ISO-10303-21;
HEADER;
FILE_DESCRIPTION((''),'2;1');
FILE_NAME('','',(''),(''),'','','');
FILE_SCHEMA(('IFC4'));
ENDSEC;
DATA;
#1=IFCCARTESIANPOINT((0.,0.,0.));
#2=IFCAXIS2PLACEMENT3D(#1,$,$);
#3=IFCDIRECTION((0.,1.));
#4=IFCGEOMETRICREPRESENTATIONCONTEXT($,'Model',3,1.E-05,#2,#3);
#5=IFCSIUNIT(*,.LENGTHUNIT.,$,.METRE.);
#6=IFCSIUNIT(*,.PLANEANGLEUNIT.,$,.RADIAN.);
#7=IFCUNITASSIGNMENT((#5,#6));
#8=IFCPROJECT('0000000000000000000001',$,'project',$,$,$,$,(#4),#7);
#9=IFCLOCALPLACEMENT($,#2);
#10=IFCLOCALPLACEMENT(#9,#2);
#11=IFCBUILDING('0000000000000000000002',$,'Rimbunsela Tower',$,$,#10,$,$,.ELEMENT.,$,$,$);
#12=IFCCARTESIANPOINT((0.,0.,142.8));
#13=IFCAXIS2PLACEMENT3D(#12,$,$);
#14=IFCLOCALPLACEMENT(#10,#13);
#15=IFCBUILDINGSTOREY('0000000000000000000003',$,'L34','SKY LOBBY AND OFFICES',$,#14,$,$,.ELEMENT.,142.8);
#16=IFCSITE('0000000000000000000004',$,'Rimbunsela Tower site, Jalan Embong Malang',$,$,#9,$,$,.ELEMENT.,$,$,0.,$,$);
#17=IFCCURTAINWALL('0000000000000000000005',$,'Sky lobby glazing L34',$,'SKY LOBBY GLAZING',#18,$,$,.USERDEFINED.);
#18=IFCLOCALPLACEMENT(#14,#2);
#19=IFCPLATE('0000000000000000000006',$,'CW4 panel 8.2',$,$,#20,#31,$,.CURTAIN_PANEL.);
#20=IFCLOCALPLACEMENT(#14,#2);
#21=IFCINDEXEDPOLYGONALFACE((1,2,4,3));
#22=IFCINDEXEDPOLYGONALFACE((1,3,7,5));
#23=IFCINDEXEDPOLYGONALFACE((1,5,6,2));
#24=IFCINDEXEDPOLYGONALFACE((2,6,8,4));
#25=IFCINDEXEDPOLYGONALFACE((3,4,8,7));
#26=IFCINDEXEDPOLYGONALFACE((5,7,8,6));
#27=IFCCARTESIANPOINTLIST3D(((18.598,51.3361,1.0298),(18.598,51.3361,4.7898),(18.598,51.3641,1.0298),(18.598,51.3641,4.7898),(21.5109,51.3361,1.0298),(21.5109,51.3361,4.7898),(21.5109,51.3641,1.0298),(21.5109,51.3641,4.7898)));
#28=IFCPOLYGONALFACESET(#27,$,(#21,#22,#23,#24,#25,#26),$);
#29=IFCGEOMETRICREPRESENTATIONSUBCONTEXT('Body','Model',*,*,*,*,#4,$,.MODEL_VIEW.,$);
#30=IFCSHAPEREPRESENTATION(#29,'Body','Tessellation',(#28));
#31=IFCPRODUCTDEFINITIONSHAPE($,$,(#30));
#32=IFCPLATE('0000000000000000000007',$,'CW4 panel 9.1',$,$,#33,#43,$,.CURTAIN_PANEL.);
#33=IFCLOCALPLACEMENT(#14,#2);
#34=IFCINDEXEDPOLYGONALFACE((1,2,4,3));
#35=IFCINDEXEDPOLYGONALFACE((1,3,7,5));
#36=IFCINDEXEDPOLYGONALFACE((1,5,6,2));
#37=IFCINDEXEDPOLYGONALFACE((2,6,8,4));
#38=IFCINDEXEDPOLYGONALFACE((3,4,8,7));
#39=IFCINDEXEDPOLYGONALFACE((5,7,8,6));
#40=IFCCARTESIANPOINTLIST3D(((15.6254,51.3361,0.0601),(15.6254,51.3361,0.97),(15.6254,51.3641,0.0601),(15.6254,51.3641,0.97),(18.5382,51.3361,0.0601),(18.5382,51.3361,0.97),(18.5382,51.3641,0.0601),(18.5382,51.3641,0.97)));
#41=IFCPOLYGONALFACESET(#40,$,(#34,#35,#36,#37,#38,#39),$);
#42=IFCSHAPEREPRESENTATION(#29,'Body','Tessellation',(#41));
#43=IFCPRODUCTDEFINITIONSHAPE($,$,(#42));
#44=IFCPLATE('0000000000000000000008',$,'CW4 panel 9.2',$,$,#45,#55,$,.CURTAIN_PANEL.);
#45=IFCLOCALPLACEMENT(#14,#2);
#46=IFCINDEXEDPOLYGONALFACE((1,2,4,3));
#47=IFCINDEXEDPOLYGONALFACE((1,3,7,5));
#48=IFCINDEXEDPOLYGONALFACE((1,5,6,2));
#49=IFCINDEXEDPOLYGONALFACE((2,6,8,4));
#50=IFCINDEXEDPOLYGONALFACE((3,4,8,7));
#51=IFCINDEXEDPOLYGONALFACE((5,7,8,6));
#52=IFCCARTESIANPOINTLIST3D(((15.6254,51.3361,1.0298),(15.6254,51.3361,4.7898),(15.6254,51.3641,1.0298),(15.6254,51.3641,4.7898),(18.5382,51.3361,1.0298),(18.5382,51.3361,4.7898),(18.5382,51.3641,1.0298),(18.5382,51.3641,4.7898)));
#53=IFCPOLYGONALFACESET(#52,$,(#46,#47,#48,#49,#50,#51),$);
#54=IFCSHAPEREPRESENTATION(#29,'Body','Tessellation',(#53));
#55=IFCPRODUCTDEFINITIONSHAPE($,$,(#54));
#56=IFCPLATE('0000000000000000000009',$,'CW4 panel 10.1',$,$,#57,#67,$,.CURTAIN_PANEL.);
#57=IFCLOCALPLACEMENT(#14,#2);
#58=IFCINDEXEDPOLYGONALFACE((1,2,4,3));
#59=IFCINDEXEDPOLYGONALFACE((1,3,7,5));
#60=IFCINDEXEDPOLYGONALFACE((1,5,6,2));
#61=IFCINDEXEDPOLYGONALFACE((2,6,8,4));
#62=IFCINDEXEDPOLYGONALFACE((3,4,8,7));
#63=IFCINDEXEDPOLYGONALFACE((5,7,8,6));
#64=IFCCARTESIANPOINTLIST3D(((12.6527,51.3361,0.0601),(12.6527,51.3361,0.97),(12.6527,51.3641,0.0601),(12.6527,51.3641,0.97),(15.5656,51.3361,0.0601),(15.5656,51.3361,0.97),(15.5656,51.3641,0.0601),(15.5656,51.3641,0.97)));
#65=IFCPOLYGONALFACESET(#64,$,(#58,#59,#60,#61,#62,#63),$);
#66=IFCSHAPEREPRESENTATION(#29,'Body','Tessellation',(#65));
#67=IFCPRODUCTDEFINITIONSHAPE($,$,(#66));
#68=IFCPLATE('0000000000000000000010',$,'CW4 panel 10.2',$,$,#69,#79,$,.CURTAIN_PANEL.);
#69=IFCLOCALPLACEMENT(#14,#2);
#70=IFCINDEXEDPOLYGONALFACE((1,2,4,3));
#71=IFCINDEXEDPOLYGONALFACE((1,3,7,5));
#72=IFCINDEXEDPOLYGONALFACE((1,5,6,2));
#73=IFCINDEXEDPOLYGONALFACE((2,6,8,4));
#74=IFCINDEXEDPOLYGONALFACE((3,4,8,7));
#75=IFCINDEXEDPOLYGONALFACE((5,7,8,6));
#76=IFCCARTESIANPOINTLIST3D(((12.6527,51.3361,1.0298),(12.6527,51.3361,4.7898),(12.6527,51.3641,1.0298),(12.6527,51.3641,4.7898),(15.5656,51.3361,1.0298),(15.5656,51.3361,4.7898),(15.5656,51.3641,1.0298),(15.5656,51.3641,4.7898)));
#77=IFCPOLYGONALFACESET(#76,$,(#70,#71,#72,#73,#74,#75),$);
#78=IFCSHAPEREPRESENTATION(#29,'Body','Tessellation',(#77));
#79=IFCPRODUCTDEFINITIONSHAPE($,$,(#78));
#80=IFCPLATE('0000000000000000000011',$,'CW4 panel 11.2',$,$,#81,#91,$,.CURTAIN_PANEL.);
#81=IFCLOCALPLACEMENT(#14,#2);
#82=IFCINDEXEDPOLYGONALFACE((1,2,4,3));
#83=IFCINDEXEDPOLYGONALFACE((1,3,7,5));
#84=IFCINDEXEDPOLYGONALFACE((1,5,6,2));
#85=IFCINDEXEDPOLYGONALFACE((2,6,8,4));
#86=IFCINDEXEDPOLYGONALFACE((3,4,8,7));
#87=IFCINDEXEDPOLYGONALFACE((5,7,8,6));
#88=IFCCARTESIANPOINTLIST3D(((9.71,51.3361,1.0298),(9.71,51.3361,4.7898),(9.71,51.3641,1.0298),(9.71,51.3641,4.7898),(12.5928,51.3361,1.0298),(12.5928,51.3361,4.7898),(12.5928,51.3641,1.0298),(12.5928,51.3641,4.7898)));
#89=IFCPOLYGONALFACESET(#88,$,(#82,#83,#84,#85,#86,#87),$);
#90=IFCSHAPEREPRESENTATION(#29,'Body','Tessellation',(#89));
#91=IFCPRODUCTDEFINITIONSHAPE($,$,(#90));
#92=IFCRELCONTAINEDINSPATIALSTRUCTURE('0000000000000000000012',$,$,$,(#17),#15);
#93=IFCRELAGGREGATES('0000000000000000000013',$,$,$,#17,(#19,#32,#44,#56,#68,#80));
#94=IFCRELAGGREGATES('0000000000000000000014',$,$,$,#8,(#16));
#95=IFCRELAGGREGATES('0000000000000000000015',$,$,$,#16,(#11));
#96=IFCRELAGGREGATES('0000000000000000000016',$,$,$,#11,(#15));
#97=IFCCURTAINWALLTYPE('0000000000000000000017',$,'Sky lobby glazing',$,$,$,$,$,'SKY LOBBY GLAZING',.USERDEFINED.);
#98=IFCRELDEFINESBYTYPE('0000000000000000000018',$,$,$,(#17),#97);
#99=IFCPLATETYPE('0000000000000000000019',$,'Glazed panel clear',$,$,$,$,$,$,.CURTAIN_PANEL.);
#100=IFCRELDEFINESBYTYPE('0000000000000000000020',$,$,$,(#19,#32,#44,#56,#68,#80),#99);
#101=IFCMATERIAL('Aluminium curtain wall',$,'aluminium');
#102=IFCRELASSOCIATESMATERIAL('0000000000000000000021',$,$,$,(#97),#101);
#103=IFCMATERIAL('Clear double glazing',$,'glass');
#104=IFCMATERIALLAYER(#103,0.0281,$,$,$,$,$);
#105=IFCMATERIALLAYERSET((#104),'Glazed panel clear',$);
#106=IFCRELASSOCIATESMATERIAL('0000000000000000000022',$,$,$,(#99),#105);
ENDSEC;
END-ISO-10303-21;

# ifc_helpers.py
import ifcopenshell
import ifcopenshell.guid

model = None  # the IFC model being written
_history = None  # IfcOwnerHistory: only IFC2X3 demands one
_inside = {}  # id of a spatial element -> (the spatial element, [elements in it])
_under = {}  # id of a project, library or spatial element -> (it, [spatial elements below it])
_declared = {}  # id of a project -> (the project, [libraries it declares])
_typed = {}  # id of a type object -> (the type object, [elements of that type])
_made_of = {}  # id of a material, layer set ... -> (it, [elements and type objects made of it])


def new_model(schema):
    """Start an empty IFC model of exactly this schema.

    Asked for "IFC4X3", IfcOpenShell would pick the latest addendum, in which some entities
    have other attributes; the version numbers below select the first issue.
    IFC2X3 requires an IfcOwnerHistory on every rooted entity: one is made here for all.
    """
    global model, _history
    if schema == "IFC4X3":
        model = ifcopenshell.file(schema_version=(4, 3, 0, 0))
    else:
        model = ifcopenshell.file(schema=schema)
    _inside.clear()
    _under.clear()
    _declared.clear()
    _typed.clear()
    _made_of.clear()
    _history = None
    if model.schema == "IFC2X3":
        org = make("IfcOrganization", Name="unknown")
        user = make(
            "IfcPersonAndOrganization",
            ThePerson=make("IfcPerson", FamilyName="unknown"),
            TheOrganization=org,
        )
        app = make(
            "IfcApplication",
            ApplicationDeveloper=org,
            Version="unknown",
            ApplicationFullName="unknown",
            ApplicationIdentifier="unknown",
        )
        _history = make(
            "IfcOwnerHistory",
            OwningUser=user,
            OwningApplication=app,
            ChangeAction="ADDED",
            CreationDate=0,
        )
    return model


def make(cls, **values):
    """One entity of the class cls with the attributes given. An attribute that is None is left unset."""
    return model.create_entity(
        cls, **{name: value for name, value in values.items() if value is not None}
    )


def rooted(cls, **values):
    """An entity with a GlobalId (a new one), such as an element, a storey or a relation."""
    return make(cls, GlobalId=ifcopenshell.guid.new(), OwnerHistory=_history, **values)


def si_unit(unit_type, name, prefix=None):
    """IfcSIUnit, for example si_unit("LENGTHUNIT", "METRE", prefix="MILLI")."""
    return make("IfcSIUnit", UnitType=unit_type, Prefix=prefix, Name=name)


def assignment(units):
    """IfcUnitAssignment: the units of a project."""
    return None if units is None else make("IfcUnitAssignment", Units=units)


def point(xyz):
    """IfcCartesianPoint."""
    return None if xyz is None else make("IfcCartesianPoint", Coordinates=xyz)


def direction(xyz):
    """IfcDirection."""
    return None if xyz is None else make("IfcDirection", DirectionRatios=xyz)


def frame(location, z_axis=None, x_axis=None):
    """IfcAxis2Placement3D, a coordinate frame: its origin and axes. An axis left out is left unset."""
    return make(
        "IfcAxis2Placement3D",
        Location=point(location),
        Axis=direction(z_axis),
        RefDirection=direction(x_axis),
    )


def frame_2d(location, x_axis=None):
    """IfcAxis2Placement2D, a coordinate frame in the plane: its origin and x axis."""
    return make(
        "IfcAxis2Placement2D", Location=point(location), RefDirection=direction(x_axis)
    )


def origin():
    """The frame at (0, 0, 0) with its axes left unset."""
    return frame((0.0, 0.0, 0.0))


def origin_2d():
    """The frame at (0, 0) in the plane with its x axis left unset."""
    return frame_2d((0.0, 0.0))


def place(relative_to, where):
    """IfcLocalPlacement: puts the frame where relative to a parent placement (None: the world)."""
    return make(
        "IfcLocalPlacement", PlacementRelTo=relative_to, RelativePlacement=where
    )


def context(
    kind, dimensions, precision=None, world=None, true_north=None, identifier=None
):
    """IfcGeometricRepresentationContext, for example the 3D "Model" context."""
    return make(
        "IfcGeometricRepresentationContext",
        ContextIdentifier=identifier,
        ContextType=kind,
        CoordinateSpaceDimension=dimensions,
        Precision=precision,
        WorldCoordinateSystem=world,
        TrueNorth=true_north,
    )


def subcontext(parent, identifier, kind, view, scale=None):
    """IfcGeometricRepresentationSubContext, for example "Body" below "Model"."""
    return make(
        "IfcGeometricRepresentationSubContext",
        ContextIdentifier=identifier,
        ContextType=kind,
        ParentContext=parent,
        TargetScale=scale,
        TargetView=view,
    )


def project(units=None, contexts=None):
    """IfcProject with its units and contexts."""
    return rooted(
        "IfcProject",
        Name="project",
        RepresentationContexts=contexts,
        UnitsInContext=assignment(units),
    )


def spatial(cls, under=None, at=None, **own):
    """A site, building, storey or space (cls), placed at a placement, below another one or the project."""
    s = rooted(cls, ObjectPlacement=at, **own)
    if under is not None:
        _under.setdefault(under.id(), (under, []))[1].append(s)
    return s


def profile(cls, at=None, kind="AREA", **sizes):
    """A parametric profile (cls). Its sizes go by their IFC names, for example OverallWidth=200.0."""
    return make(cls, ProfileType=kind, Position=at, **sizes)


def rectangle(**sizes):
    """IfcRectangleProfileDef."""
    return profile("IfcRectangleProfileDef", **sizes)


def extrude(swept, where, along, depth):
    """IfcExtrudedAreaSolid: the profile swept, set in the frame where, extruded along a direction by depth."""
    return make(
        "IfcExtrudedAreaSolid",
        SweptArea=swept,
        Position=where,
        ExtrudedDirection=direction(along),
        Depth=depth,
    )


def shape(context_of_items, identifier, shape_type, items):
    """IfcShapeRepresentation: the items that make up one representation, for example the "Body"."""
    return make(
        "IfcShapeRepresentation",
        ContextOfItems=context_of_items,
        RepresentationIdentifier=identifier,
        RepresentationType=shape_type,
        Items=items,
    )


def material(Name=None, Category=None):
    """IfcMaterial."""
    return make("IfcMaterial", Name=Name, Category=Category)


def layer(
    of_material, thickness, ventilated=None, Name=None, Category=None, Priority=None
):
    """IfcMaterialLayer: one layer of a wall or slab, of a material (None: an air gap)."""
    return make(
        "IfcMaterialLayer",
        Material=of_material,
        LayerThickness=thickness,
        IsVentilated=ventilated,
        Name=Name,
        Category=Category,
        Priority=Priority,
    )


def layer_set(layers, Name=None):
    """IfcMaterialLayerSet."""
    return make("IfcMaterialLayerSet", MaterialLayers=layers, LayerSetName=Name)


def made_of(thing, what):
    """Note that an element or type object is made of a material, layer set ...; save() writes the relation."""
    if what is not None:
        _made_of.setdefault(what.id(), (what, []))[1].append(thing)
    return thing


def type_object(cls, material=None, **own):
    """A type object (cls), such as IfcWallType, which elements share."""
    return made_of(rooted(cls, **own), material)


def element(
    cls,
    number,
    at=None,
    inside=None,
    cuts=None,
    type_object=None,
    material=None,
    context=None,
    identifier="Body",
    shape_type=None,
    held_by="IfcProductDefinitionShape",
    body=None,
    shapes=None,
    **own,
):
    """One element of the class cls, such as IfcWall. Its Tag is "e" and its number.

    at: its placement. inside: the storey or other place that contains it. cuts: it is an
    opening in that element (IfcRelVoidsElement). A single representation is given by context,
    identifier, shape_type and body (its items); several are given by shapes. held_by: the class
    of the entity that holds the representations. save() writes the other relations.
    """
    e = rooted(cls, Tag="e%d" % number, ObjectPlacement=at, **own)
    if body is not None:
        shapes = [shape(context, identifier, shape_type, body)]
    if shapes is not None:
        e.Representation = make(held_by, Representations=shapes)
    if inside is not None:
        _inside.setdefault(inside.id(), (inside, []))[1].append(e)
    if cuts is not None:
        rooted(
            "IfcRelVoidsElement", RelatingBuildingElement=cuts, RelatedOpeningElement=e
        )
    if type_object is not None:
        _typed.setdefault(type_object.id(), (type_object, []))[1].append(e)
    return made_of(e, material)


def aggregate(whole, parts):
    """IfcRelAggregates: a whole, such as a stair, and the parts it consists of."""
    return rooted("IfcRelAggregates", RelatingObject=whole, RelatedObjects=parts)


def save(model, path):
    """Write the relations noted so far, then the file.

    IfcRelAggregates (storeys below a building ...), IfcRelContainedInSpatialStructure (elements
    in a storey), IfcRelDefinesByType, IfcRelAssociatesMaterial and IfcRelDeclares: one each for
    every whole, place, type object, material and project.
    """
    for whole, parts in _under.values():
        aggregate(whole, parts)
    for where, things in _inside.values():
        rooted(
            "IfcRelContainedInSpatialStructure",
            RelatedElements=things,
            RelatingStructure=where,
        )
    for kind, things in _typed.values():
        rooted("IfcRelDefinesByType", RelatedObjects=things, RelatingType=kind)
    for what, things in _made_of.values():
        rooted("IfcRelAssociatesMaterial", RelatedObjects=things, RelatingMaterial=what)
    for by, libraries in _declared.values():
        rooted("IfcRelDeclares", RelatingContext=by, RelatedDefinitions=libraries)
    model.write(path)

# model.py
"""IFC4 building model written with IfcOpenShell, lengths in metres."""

from ifc_helpers import new_model, si_unit, direction, frame, origin, origin_2d, place, context, subcontext, project, spatial, rectangle, extrude, material, layer, layer_set, type_object, element, aggregate, save


model = new_model("IFC4")

# Units and contexts
model_context = context("Model", 3, precision=1e-05, world=origin(), true_north=direction((0.0, 1.0)))
body_context = subcontext(model_context, "Body", "Model", "MODEL_VIEW")
ifc_project = project(units=[si_unit("LENGTHUNIT", "METRE"), si_unit("PLANEANGLEUNIT", "RADIAN")], contexts=[model_context])

# Site, building, storey
site_placement = place(None, origin())
site = spatial("IfcSite", under=ifc_project, at=site_placement, Name="Rimbunsela Tower site, Jalan Embong Malang", CompositionType="ELEMENT", RefElevation=0.0)
building_placement = place(site_placement, origin())
building = spatial("IfcBuilding", under=site, at=building_placement, Name="Rimbunsela Tower", CompositionType="ELEMENT")
storey_placement = place(building_placement, frame((0.0, 0.0, 142.8)))
storey = spatial("IfcBuildingStorey", under=building, at=storey_placement, Name="L34", Description="SKY LOBBY AND OFFICES", CompositionType="ELEMENT", Elevation=142.8)

# Curtain wall, plates
ifc_material_1 = material(Name="Aluminium curtain wall", Category="aluminium")
curtain_wall_type = type_object("IfcCurtainWallType", Name="Sky lobby glazing", ElementType="SKY LOBBY GLAZING", PredefinedType="USERDEFINED", material=ifc_material_1)
curtain_wall_placement = place(storey_placement, origin())
curtain_wall = element("IfcCurtainWall", 1, at=curtain_wall_placement, inside=storey, type_object=curtain_wall_type, Name="Sky lobby glazing L34", ObjectType="SKY LOBBY GLAZING", PredefinedType="USERDEFINED")
ifc_material_2 = material(Name="Clear double glazing", Category="glass")
ifc_layer = layer(ifc_material_2, 0.0281)
ifc_layer_set = layer_set([ifc_layer], Name="Glazed panel clear")
plate_type = type_object("IfcPlateType", Name="Glazed panel clear", PredefinedType="CURTAIN_PANEL", material=ifc_layer_set)
plate_1_placement = place(storey_placement, frame((20.0544, 51.3501, 1.0298), z_axis=(0.0, 0.0, 1.0), x_axis=(-1.0, 0.0, 0.0)))
plate_1 = element("IfcPlate", 2, at=plate_1_placement, type_object=plate_type, Name="CW4 panel 8.2", PredefinedType="CURTAIN_PANEL", context=body_context, shape_type="SweptSolid", body=[
    extrude(rectangle(XDim=2.9128, YDim=0.0281, at=origin_2d()), origin(), (0.0, 0.0, 1.0), 3.76),
])
plate_2_placement = place(storey_placement, frame((17.0818, 51.3501, 0.0601), z_axis=(0.0, 0.0, 1.0), x_axis=(-1.0, 0.0, 0.0)))
plate_2 = element("IfcPlate", 3, at=plate_2_placement, type_object=plate_type, Name="CW4 panel 9.1", PredefinedType="CURTAIN_PANEL", context=body_context, shape_type="SweptSolid", body=[
    extrude(rectangle(XDim=2.9128, YDim=0.0281, at=origin_2d()), origin(), (0.0, 0.0, 1.0), 0.9099),
])
plate_3_placement = place(storey_placement, frame((17.0818, 51.3501, 1.0298), z_axis=(0.0, 0.0, 1.0), x_axis=(-1.0, 0.0, 0.0)))
plate_3 = element("IfcPlate", 4, at=plate_3_placement, type_object=plate_type, Name="CW4 panel 9.2", PredefinedType="CURTAIN_PANEL", context=body_context, shape_type="SweptSolid", body=[
    extrude(rectangle(XDim=2.9128, YDim=0.0281, at=origin_2d()), origin(), (0.0, 0.0, 1.0), 3.76),
])
plate_4_placement = place(storey_placement, frame((14.1091, 51.3501, 0.0601), z_axis=(0.0, 0.0, 1.0), x_axis=(-1.0, 0.0, 0.0)))
plate_4 = element("IfcPlate", 5, at=plate_4_placement, type_object=plate_type, Name="CW4 panel 10.1", PredefinedType="CURTAIN_PANEL", context=body_context, shape_type="SweptSolid", body=[
    extrude(rectangle(XDim=2.9128, YDim=0.0281, at=origin_2d()), origin(), (0.0, 0.0, 1.0), 0.9099),
])
plate_5_placement = place(storey_placement, frame((14.1091, 51.3501, 1.0298), z_axis=(0.0, 0.0, 1.0), x_axis=(-1.0, 0.0, 0.0)))
plate_5 = element("IfcPlate", 6, at=plate_5_placement, type_object=plate_type, Name="CW4 panel 10.2", PredefinedType="CURTAIN_PANEL", context=body_context, shape_type="SweptSolid", body=[
    extrude(rectangle(XDim=2.9128, YDim=0.0281, at=origin_2d()), origin(), (0.0, 0.0, 1.0), 3.76),
])
plate_6_placement = place(storey_placement, frame((11.1514, 51.3501, 1.0298), z_axis=(0.0, 0.0, 1.0), x_axis=(-1.0, 0.0, 0.0)))
plate_6 = element("IfcPlate", 7, at=plate_6_placement, type_object=plate_type, Name="CW4 panel 11.2", PredefinedType="CURTAIN_PANEL", context=body_context, shape_type="SweptSolid", body=[
    extrude(rectangle(XDim=2.8828, YDim=0.0281, at=origin_2d()), origin(), (0.0, 0.0, 1.0), 3.76),
])
aggregate(curtain_wall, [plate_1, plate_2, plate_3, plate_4, plate_5, plate_6])

save(model, "model.ifc")
